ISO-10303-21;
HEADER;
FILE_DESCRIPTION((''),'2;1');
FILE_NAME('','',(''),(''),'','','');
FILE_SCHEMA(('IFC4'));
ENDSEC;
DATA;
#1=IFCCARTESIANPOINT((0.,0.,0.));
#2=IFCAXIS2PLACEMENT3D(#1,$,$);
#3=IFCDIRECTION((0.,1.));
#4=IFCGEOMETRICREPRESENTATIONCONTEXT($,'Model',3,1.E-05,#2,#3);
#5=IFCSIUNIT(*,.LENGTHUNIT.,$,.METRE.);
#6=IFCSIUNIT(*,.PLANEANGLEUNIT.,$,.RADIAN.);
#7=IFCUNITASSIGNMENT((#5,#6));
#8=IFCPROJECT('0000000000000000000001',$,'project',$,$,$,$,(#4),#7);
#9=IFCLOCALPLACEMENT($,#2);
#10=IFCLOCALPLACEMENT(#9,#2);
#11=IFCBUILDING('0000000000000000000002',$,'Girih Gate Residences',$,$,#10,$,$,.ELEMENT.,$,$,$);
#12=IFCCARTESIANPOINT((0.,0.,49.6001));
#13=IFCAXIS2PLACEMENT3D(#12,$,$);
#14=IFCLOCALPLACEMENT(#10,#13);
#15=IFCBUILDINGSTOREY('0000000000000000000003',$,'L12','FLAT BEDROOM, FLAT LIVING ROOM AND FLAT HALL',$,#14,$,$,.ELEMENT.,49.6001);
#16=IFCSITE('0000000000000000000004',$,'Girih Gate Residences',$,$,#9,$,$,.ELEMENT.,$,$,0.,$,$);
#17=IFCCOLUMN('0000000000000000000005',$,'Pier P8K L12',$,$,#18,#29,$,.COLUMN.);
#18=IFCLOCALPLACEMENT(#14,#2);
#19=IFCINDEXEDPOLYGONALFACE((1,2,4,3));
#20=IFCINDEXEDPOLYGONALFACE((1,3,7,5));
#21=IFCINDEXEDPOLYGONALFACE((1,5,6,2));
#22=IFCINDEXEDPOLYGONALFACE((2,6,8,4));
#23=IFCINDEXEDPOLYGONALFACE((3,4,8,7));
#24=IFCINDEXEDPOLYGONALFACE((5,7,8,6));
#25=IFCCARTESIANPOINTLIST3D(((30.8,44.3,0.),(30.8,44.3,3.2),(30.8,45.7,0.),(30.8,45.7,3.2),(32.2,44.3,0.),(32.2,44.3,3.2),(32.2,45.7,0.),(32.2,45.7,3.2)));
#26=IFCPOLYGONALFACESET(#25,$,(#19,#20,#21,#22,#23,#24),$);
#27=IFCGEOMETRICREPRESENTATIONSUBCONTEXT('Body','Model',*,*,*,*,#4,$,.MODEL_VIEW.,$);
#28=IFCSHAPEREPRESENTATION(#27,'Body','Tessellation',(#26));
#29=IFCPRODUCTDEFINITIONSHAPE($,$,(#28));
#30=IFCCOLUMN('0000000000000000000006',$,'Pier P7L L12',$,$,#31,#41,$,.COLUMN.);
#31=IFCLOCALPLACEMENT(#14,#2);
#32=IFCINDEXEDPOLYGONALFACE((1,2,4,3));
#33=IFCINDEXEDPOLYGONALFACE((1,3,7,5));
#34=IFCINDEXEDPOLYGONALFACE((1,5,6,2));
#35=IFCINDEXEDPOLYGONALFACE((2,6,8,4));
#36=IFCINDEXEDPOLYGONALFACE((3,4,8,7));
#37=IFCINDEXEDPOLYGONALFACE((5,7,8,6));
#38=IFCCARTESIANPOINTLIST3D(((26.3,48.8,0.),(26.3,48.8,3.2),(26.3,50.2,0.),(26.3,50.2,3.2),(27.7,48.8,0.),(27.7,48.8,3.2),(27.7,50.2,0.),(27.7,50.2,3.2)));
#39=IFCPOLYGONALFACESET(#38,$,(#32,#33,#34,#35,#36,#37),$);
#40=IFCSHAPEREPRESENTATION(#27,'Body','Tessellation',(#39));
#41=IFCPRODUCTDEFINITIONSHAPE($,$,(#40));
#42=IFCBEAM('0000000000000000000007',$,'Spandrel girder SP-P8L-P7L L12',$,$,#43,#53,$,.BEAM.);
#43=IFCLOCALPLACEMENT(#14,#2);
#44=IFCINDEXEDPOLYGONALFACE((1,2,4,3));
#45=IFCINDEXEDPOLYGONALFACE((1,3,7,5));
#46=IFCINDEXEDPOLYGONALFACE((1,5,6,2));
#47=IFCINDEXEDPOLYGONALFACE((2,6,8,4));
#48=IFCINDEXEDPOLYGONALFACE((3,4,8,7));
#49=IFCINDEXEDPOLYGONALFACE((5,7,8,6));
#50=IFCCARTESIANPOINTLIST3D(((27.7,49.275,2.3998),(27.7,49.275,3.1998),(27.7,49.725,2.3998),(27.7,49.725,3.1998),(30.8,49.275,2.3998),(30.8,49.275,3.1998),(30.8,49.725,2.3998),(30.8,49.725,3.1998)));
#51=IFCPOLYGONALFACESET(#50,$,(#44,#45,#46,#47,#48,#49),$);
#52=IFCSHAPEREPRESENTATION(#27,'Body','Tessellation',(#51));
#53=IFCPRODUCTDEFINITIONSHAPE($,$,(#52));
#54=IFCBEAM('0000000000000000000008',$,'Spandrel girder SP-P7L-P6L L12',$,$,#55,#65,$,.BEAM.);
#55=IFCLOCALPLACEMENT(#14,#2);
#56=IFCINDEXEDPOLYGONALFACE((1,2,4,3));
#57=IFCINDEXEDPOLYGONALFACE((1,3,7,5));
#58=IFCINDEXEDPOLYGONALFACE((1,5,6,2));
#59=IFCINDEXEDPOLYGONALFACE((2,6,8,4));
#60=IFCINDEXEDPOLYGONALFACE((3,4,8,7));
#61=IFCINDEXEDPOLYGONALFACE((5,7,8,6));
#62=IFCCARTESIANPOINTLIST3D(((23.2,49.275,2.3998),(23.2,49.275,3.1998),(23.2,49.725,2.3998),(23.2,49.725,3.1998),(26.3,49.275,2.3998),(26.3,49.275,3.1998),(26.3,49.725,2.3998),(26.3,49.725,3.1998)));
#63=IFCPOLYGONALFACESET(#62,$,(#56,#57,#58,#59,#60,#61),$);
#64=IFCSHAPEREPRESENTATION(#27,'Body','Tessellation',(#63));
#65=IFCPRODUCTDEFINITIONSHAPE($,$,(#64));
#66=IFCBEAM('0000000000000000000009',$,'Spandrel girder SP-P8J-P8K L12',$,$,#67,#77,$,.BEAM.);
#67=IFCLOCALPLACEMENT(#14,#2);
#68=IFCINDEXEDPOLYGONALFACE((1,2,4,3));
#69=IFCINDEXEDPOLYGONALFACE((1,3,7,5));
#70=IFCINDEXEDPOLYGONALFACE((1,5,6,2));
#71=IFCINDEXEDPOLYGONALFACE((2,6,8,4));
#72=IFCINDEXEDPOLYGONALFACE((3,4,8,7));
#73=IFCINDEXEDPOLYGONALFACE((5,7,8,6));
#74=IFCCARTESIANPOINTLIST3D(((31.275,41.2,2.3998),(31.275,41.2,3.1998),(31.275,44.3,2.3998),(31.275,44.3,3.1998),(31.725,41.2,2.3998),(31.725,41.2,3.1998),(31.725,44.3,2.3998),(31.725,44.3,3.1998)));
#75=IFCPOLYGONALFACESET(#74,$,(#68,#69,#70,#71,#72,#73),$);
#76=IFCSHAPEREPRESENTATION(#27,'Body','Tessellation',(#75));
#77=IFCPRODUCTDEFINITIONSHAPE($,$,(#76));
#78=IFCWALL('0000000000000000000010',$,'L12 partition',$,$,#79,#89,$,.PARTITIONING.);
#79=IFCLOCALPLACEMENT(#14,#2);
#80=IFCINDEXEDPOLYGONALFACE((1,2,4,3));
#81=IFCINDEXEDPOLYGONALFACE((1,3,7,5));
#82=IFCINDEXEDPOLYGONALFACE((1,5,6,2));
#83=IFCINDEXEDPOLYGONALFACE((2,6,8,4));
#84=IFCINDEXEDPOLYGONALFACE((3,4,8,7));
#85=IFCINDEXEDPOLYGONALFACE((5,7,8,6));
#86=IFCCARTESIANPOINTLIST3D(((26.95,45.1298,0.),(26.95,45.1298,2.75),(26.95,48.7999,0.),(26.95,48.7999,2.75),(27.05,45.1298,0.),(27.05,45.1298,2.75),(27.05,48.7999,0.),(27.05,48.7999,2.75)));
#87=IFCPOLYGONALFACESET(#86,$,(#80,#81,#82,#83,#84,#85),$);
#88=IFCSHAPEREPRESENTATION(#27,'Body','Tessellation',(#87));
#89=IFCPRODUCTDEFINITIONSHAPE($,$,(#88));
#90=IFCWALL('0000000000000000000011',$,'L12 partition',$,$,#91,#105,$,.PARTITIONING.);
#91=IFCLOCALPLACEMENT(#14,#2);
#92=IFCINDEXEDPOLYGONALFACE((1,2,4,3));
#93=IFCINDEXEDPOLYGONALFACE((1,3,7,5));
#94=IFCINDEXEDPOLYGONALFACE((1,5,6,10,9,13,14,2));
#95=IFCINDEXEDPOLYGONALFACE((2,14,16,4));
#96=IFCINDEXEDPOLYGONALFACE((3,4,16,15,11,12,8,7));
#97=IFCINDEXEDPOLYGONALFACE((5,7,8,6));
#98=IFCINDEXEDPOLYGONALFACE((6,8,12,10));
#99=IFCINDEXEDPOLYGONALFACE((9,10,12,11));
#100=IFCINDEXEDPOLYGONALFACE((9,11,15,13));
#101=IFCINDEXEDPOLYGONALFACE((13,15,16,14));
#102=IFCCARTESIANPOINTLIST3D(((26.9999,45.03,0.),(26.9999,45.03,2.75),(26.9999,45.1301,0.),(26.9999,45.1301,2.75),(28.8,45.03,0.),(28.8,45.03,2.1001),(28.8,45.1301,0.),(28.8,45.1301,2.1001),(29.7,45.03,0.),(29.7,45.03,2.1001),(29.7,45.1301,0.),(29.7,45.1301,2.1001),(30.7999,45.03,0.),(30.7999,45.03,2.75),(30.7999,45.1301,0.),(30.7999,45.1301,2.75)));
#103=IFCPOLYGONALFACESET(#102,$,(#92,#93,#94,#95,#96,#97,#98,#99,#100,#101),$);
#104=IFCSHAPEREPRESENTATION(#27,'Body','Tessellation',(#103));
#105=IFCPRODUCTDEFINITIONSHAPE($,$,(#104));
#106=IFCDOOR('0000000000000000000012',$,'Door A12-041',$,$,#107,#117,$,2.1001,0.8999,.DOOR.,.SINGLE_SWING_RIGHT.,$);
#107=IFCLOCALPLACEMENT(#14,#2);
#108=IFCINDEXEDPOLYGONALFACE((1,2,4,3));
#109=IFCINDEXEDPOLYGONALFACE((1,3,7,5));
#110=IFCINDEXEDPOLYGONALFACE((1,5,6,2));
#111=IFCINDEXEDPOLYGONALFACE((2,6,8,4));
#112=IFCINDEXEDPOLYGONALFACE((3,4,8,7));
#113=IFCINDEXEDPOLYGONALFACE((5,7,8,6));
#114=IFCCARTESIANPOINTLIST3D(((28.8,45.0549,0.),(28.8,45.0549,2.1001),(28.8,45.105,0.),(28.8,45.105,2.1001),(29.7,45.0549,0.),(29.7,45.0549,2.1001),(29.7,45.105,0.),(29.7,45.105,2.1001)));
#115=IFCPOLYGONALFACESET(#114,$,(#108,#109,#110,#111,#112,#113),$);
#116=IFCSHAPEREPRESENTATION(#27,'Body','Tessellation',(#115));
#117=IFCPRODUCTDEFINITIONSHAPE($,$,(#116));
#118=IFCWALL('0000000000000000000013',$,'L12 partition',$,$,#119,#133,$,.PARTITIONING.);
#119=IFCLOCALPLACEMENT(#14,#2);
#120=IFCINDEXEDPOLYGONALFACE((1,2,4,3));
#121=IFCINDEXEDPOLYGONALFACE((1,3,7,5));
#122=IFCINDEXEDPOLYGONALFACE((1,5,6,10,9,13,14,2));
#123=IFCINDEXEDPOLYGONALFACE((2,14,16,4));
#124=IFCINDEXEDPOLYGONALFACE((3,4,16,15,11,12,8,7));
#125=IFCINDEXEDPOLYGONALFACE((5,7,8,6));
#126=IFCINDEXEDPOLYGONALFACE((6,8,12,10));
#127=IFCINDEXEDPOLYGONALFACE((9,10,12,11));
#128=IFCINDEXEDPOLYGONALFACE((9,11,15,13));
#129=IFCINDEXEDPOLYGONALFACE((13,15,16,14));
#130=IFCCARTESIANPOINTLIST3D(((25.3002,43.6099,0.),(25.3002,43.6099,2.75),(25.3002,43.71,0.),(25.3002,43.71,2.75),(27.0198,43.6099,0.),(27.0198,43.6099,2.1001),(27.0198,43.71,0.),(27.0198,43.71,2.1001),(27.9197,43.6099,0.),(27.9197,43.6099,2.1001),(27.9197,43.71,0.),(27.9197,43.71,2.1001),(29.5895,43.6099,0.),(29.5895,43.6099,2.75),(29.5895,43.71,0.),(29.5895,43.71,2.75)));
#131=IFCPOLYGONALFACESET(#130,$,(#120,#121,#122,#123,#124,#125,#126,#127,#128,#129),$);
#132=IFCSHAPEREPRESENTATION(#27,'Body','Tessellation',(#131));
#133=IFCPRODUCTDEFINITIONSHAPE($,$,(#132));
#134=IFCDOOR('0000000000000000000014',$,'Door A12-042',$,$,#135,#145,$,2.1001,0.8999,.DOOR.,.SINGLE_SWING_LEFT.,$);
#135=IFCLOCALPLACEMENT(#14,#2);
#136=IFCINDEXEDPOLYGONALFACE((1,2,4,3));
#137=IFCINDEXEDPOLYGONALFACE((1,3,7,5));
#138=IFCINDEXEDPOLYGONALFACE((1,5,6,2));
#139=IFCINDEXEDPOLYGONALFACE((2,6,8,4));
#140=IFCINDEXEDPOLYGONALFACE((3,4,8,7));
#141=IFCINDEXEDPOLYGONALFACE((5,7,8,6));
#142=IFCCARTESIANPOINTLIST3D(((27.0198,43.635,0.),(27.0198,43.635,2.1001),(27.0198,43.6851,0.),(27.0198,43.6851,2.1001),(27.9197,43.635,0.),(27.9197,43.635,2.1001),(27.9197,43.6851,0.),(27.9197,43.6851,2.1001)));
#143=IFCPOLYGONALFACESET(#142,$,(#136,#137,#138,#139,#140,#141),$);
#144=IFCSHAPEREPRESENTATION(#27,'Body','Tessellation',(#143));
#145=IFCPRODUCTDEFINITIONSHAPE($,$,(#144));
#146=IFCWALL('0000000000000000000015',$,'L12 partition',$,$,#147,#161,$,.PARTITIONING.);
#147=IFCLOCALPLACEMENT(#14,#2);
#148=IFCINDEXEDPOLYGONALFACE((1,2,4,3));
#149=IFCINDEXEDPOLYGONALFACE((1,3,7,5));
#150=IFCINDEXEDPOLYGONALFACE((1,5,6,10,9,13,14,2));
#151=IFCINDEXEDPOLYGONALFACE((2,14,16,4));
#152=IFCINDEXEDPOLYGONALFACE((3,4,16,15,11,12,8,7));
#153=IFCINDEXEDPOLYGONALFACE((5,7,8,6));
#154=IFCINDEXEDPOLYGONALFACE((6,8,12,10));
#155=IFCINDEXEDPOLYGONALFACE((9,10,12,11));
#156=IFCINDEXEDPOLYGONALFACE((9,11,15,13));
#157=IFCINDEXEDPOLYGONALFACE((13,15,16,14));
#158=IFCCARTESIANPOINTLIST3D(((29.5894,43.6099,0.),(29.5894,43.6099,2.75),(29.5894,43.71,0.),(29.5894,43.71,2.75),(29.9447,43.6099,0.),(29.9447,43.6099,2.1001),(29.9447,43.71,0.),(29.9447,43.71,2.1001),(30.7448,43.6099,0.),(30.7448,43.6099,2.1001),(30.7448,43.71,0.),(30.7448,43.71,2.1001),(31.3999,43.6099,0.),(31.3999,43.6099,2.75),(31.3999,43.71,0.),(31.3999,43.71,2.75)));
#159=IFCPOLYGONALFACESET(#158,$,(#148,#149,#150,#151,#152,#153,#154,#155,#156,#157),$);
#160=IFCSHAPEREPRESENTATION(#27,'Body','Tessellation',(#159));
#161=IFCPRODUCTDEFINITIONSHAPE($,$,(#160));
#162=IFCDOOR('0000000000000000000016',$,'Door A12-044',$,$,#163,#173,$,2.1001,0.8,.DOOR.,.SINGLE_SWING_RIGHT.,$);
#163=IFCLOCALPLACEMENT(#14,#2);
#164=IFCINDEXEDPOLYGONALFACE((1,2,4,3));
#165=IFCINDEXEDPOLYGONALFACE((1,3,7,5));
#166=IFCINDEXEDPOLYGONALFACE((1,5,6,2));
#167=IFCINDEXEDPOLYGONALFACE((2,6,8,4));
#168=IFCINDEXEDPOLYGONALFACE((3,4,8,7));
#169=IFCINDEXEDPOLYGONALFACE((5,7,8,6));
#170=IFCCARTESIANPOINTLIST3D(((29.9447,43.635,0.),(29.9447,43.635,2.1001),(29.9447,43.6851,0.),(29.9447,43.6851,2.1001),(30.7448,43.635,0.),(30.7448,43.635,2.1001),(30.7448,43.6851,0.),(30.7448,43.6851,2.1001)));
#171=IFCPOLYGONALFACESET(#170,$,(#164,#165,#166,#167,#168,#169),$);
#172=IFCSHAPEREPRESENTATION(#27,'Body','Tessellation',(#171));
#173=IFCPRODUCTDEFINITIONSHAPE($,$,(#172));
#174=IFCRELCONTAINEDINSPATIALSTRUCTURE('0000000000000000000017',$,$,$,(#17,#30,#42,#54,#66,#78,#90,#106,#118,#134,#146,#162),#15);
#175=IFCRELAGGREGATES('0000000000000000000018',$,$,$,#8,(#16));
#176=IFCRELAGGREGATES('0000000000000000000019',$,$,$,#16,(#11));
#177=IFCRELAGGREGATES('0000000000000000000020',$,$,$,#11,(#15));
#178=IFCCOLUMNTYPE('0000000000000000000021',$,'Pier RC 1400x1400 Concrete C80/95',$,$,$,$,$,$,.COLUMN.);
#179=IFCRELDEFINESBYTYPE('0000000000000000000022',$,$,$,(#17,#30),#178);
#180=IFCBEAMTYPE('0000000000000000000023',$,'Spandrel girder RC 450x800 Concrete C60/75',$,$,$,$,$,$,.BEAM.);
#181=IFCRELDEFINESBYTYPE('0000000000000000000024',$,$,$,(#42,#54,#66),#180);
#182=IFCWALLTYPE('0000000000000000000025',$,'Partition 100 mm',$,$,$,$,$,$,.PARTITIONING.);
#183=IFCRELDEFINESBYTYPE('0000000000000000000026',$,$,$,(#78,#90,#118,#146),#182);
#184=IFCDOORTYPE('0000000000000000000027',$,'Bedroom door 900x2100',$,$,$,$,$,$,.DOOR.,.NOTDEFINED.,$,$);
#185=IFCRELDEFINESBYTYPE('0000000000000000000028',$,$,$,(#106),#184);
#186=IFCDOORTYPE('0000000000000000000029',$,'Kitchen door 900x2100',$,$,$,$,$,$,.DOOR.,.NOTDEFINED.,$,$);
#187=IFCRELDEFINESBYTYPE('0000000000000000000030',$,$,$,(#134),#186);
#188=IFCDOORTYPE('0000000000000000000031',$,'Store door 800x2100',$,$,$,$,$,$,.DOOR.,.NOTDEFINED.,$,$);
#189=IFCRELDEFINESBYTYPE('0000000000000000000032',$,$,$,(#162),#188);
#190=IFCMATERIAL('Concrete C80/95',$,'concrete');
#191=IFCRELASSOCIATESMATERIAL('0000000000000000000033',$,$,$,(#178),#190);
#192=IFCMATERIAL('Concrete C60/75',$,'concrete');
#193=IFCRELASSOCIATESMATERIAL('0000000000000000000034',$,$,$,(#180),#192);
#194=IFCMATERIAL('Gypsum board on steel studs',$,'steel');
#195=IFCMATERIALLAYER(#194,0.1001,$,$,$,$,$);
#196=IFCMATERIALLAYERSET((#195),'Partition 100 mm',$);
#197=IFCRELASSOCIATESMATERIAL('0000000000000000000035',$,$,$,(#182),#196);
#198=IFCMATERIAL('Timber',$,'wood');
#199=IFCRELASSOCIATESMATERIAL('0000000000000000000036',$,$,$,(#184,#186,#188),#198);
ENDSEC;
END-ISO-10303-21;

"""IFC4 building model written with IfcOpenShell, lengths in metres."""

from ifc_helpers import new_model, si_unit, direction, frame, frame_2d, origin, origin_2d, place, context, subcontext, project, spatial, rectangle, extrude, material, layer, layer_set, material_profile, profile_set, type_object, element, fill, save


model = new_model("IFC4")

# Units and contexts
model_context = context("Model", 3, precision=1e-05, world=origin(), true_north=direction((0.0, 1.0)))
body_context = subcontext(model_context, "Body", "Model", "MODEL_VIEW")
ifc_project = project(units=[si_unit("LENGTHUNIT", "METRE"), si_unit("PLANEANGLEUNIT", "RADIAN")], contexts=[model_context])

# Site, building, storey
site_placement = place(None, origin())
site = spatial("IfcSite", under=ifc_project, at=site_placement, Name="Girih Gate Residences", CompositionType="ELEMENT", RefElevation=0.0)
building_placement = place(site_placement, origin())
building = spatial("IfcBuilding", under=site, at=building_placement, Name="Girih Gate Residences", CompositionType="ELEMENT")
storey_placement = place(building_placement, frame((0.0, 0.0, 49.6001)))
storey = spatial("IfcBuildingStorey", under=building, at=storey_placement, Name="L12", Description="FLAT BEDROOM, FLAT LIVING ROOM AND FLAT HALL", CompositionType="ELEMENT", Elevation=49.6001)

# Columns
ifc_material_1 = material(Name="Concrete C80/95", Category="concrete")
ifc_material_profile_1 = material_profile(ifc_material_1, rectangle(XDim=1.3999, YDim=1.3999, at=origin_2d()))
ifc_profile_set_1 = profile_set([ifc_material_profile_1], Name="Concrete C80/95")
column_type = type_object("IfcColumnType", Name="Pier RC 1400x1400 Concrete C80/95", PredefinedType="COLUMN", material=ifc_profile_set_1)
for number, where, z_axis, x_axis, name in (
    (1, (31.5, 45.0, 0.0), (0.0, 0.0, 1.0), (1.0, 0.0, 0.0), "Pier P8K L12"),
    (2, (27.0, 49.5, 0.0), (0.0, 0.0, 1.0), (1.0, 0.0, 0.0), "Pier P7L L12"),
):
    element("IfcColumn", number, at=place(storey_placement, frame(where, z_axis=z_axis, x_axis=x_axis)), inside=storey, type_object=column_type, Name=name, PredefinedType="COLUMN", context=body_context, shape_type="SweptSolid", body=[
        extrude(rectangle(XDim=1.3999, YDim=1.3999, at=origin_2d()), origin(), (0.0, 0.0, 1.0), 3.2),
    ])

# Beams
ifc_material_2 = material(Name="Concrete C60/75", Category="concrete")
ifc_material_profile_2 = material_profile(ifc_material_2, rectangle(XDim=0.45, YDim=0.8, at=origin_2d()))
ifc_profile_set_2 = profile_set([ifc_material_profile_2], Name="Concrete C60/75")
beam_type = type_object("IfcBeamType", Name="Spandrel girder RC 450x800 Concrete C60/75", PredefinedType="BEAM", material=ifc_profile_set_2)
for number, where, z_axis, x_axis, name in (
    (3, (30.8, 49.5, 2.7998), (-1.0, 0.0, 0.0), (0.0, -1.0, 0.0), "Spandrel girder SP-P8L-P7L L12"),
    (4, (26.3, 49.5, 2.7998), (-1.0, 0.0, 0.0), (0.0, -1.0, 0.0), "Spandrel girder SP-P7L-P6L L12"),
    (5, (31.5, 41.2, 2.7998), (0.0, 1.0, 0.0), (-1.0, 0.0, 0.0), "Spandrel girder SP-P8J-P8K L12"),
):
    element("IfcBeam", number, at=place(storey_placement, frame(where, z_axis=z_axis, x_axis=x_axis)), inside=storey, type_object=beam_type, Name=name, PredefinedType="BEAM", context=body_context, shape_type="SweptSolid", body=[
        extrude(rectangle(XDim=0.45, YDim=0.8, at=origin_2d()), origin(), (0.0, 0.0, 1.0), 3.1001),
    ])

# Wall
ifc_material_3 = material(Name="Gypsum board on steel studs", Category="steel")
ifc_layer_1 = layer(ifc_material_3, 0.1001)
ifc_layer_set_1 = layer_set([ifc_layer_1], Name="Partition 100 mm")
wall_type_1 = type_object("IfcWallType", Name="Partition 100 mm", PredefinedType="PARTITIONING", material=ifc_layer_set_1)
wall_1_placement = place(storey_placement, frame((27.0, 45.1299, 0.0), z_axis=(0.0, 0.0, 1.0), x_axis=(0.0, 1.0, 0.0)))
element("IfcWall", 6, at=wall_1_placement, inside=storey, type_object=wall_type_1, Name="L12 partition", PredefinedType="PARTITIONING", context=body_context, shape_type="SweptSolid", body=[
    extrude(rectangle(XDim=3.6702, YDim=0.1001, at=frame_2d((1.835, 0.0))), origin(), (0.0, 0.0, 1.0), 2.75),
])

# Walls, openings, doors
wall_2_placement = place(storey_placement, frame((27.0, 45.0801, 0.0), z_axis=(0.0, 0.0, 1.0), x_axis=(1.0, 0.0, 0.0)))
wall_2 = element("IfcWall", 7, at=wall_2_placement, inside=storey, type_object=wall_type_1, Name="L12 partition", PredefinedType="PARTITIONING", context=body_context, shape_type="SweptSolid", body=[
    extrude(rectangle(XDim=3.8, YDim=0.1001, at=frame_2d((1.8999, 0.0))), origin(), (0.0, 0.0, 1.0), 2.75),
])
opening_1_placement = place(wall_2_placement, frame((1.8, 0.0, 0.0)))
opening_1 = element("IfcOpeningElement", 8, at=opening_1_placement, cuts=wall_2, PredefinedType="OPENING", context=body_context, shape_type="SweptSolid", body=[
    extrude(rectangle(XDim=0.8999, YDim=2.1001, at=frame_2d((0.45, 1.05))), frame((0.0, 0.0601, 0.0), z_axis=(0.0, -1.0, 0.0), x_axis=(1.0, 0.0, 0.0)), (0.0, 0.0, 1.0), 0.1201),
])
ifc_material_4 = material(Name="Timber", Category="wood")
door_type_1 = type_object("IfcDoorType", Name="Bedroom door 900x2100", OperationType="NOTDEFINED", PredefinedType="DOOR", material=ifc_material_4)
door_1_placement = place(opening_1_placement, origin())
door_1 = element("IfcDoor", 9, at=door_1_placement, inside=storey, type_object=door_type_1, Name="Door A12-041", OperationType="SINGLE_SWING_RIGHT", OverallHeight=2.1001, OverallWidth=0.8999, PredefinedType="DOOR", context=body_context, shape_type="SweptSolid", body=[
    extrude(rectangle(XDim=0.8999, YDim=2.1001, at=frame_2d((0.45, 1.05))), frame((0.0, 0.0249, 0.0), z_axis=(0.0, -1.0, 0.0), x_axis=(1.0, 0.0, 0.0)), (0.0, 0.0, 1.0), 0.05),
])
fill(opening_1, door_1)
wall_3_placement = place(storey_placement, frame((29.5894, 43.6599, 0.0), z_axis=(0.0, 0.0, 1.0), x_axis=(-1.0, 0.0, 0.0)))
wall_3 = element("IfcWall", 10, at=wall_3_placement, inside=storey, type_object=wall_type_1, Name="L12 partition", PredefinedType="PARTITIONING", context=body_context, shape_type="SweptSolid", body=[
    extrude(rectangle(XDim=4.2893, YDim=0.1001, at=frame_2d((2.1445, 0.0))), origin(), (0.0, 0.0, 1.0), 2.75),
])
opening_2_placement = place(wall_3_placement, frame((1.6697, 0.0, 0.0)))
opening_2 = element("IfcOpeningElement", 11, at=opening_2_placement, cuts=wall_3, PredefinedType="OPENING", context=body_context, shape_type="SweptSolid", body=[
    extrude(rectangle(XDim=0.8999, YDim=2.1001, at=frame_2d((0.45, 1.05))), frame((0.0, 0.0601, 0.0), z_axis=(0.0, -1.0, 0.0), x_axis=(1.0, 0.0, 0.0)), (0.0, 0.0, 1.0), 0.1201),
])
door_type_2 = type_object("IfcDoorType", Name="Kitchen door 900x2100", OperationType="NOTDEFINED", PredefinedType="DOOR", material=ifc_material_4)
door_2_placement = place(opening_2_placement, origin())
door_2 = element("IfcDoor", 12, at=door_2_placement, inside=storey, type_object=door_type_2, Name="Door A12-042", OperationType="SINGLE_SWING_LEFT", OverallHeight=2.1001, OverallWidth=0.8999, PredefinedType="DOOR", context=body_context, shape_type="SweptSolid", body=[
    extrude(rectangle(XDim=0.8999, YDim=2.1001, at=frame_2d((0.45, 1.05))), frame((0.0, 0.0249, 0.0), z_axis=(0.0, -1.0, 0.0), x_axis=(1.0, 0.0, 0.0)), (0.0, 0.0, 1.0), 0.05),
])
fill(opening_2, door_2)
wall_4_placement = place(storey_placement, frame((31.3999, 43.6599, 0.0), z_axis=(0.0, 0.0, 1.0), x_axis=(-1.0, 0.0, 0.0)))
wall_4 = element("IfcWall", 13, at=wall_4_placement, inside=storey, type_object=wall_type_1, Name="L12 partition", PredefinedType="PARTITIONING", context=body_context, shape_type="SweptSolid", body=[
    extrude(rectangle(XDim=1.8105, YDim=0.1001, at=frame_2d((0.9053, 0.0))), origin(), (0.0, 0.0, 1.0), 2.75),
])
opening_3_placement = place(wall_4_placement, frame((0.6553, 0.0, 0.0)))
opening_3 = element("IfcOpeningElement", 14, at=opening_3_placement, cuts=wall_4, PredefinedType="OPENING", context=body_context, shape_type="SweptSolid", body=[
    extrude(rectangle(XDim=0.8, YDim=2.1001, at=frame_2d((0.3999, 1.05))), frame((0.0, 0.0601, 0.0), z_axis=(0.0, -1.0, 0.0), x_axis=(1.0, 0.0, 0.0)), (0.0, 0.0, 1.0), 0.1201),
])
door_type_3 = type_object("IfcDoorType", Name="Store door 800x2100", OperationType="NOTDEFINED", PredefinedType="DOOR", material=ifc_material_4)
door_3_placement = place(opening_3_placement, origin())
door_3 = element("IfcDoor", 15, at=door_3_placement, inside=storey, type_object=door_type_3, Name="Door A12-044", OperationType="SINGLE_SWING_RIGHT", OverallHeight=2.1001, OverallWidth=0.8, PredefinedType="DOOR", context=body_context, shape_type="SweptSolid", body=[
    extrude(rectangle(XDim=0.8, YDim=2.1001, at=frame_2d((0.3999, 1.05))), frame((0.0, 0.0249, 0.0), z_axis=(0.0, -1.0, 0.0), x_axis=(1.0, 0.0, 0.0)), (0.0, 0.0, 1.0), 0.05),
])
fill(opening_3, door_3)

save(model, "model.ifc")
